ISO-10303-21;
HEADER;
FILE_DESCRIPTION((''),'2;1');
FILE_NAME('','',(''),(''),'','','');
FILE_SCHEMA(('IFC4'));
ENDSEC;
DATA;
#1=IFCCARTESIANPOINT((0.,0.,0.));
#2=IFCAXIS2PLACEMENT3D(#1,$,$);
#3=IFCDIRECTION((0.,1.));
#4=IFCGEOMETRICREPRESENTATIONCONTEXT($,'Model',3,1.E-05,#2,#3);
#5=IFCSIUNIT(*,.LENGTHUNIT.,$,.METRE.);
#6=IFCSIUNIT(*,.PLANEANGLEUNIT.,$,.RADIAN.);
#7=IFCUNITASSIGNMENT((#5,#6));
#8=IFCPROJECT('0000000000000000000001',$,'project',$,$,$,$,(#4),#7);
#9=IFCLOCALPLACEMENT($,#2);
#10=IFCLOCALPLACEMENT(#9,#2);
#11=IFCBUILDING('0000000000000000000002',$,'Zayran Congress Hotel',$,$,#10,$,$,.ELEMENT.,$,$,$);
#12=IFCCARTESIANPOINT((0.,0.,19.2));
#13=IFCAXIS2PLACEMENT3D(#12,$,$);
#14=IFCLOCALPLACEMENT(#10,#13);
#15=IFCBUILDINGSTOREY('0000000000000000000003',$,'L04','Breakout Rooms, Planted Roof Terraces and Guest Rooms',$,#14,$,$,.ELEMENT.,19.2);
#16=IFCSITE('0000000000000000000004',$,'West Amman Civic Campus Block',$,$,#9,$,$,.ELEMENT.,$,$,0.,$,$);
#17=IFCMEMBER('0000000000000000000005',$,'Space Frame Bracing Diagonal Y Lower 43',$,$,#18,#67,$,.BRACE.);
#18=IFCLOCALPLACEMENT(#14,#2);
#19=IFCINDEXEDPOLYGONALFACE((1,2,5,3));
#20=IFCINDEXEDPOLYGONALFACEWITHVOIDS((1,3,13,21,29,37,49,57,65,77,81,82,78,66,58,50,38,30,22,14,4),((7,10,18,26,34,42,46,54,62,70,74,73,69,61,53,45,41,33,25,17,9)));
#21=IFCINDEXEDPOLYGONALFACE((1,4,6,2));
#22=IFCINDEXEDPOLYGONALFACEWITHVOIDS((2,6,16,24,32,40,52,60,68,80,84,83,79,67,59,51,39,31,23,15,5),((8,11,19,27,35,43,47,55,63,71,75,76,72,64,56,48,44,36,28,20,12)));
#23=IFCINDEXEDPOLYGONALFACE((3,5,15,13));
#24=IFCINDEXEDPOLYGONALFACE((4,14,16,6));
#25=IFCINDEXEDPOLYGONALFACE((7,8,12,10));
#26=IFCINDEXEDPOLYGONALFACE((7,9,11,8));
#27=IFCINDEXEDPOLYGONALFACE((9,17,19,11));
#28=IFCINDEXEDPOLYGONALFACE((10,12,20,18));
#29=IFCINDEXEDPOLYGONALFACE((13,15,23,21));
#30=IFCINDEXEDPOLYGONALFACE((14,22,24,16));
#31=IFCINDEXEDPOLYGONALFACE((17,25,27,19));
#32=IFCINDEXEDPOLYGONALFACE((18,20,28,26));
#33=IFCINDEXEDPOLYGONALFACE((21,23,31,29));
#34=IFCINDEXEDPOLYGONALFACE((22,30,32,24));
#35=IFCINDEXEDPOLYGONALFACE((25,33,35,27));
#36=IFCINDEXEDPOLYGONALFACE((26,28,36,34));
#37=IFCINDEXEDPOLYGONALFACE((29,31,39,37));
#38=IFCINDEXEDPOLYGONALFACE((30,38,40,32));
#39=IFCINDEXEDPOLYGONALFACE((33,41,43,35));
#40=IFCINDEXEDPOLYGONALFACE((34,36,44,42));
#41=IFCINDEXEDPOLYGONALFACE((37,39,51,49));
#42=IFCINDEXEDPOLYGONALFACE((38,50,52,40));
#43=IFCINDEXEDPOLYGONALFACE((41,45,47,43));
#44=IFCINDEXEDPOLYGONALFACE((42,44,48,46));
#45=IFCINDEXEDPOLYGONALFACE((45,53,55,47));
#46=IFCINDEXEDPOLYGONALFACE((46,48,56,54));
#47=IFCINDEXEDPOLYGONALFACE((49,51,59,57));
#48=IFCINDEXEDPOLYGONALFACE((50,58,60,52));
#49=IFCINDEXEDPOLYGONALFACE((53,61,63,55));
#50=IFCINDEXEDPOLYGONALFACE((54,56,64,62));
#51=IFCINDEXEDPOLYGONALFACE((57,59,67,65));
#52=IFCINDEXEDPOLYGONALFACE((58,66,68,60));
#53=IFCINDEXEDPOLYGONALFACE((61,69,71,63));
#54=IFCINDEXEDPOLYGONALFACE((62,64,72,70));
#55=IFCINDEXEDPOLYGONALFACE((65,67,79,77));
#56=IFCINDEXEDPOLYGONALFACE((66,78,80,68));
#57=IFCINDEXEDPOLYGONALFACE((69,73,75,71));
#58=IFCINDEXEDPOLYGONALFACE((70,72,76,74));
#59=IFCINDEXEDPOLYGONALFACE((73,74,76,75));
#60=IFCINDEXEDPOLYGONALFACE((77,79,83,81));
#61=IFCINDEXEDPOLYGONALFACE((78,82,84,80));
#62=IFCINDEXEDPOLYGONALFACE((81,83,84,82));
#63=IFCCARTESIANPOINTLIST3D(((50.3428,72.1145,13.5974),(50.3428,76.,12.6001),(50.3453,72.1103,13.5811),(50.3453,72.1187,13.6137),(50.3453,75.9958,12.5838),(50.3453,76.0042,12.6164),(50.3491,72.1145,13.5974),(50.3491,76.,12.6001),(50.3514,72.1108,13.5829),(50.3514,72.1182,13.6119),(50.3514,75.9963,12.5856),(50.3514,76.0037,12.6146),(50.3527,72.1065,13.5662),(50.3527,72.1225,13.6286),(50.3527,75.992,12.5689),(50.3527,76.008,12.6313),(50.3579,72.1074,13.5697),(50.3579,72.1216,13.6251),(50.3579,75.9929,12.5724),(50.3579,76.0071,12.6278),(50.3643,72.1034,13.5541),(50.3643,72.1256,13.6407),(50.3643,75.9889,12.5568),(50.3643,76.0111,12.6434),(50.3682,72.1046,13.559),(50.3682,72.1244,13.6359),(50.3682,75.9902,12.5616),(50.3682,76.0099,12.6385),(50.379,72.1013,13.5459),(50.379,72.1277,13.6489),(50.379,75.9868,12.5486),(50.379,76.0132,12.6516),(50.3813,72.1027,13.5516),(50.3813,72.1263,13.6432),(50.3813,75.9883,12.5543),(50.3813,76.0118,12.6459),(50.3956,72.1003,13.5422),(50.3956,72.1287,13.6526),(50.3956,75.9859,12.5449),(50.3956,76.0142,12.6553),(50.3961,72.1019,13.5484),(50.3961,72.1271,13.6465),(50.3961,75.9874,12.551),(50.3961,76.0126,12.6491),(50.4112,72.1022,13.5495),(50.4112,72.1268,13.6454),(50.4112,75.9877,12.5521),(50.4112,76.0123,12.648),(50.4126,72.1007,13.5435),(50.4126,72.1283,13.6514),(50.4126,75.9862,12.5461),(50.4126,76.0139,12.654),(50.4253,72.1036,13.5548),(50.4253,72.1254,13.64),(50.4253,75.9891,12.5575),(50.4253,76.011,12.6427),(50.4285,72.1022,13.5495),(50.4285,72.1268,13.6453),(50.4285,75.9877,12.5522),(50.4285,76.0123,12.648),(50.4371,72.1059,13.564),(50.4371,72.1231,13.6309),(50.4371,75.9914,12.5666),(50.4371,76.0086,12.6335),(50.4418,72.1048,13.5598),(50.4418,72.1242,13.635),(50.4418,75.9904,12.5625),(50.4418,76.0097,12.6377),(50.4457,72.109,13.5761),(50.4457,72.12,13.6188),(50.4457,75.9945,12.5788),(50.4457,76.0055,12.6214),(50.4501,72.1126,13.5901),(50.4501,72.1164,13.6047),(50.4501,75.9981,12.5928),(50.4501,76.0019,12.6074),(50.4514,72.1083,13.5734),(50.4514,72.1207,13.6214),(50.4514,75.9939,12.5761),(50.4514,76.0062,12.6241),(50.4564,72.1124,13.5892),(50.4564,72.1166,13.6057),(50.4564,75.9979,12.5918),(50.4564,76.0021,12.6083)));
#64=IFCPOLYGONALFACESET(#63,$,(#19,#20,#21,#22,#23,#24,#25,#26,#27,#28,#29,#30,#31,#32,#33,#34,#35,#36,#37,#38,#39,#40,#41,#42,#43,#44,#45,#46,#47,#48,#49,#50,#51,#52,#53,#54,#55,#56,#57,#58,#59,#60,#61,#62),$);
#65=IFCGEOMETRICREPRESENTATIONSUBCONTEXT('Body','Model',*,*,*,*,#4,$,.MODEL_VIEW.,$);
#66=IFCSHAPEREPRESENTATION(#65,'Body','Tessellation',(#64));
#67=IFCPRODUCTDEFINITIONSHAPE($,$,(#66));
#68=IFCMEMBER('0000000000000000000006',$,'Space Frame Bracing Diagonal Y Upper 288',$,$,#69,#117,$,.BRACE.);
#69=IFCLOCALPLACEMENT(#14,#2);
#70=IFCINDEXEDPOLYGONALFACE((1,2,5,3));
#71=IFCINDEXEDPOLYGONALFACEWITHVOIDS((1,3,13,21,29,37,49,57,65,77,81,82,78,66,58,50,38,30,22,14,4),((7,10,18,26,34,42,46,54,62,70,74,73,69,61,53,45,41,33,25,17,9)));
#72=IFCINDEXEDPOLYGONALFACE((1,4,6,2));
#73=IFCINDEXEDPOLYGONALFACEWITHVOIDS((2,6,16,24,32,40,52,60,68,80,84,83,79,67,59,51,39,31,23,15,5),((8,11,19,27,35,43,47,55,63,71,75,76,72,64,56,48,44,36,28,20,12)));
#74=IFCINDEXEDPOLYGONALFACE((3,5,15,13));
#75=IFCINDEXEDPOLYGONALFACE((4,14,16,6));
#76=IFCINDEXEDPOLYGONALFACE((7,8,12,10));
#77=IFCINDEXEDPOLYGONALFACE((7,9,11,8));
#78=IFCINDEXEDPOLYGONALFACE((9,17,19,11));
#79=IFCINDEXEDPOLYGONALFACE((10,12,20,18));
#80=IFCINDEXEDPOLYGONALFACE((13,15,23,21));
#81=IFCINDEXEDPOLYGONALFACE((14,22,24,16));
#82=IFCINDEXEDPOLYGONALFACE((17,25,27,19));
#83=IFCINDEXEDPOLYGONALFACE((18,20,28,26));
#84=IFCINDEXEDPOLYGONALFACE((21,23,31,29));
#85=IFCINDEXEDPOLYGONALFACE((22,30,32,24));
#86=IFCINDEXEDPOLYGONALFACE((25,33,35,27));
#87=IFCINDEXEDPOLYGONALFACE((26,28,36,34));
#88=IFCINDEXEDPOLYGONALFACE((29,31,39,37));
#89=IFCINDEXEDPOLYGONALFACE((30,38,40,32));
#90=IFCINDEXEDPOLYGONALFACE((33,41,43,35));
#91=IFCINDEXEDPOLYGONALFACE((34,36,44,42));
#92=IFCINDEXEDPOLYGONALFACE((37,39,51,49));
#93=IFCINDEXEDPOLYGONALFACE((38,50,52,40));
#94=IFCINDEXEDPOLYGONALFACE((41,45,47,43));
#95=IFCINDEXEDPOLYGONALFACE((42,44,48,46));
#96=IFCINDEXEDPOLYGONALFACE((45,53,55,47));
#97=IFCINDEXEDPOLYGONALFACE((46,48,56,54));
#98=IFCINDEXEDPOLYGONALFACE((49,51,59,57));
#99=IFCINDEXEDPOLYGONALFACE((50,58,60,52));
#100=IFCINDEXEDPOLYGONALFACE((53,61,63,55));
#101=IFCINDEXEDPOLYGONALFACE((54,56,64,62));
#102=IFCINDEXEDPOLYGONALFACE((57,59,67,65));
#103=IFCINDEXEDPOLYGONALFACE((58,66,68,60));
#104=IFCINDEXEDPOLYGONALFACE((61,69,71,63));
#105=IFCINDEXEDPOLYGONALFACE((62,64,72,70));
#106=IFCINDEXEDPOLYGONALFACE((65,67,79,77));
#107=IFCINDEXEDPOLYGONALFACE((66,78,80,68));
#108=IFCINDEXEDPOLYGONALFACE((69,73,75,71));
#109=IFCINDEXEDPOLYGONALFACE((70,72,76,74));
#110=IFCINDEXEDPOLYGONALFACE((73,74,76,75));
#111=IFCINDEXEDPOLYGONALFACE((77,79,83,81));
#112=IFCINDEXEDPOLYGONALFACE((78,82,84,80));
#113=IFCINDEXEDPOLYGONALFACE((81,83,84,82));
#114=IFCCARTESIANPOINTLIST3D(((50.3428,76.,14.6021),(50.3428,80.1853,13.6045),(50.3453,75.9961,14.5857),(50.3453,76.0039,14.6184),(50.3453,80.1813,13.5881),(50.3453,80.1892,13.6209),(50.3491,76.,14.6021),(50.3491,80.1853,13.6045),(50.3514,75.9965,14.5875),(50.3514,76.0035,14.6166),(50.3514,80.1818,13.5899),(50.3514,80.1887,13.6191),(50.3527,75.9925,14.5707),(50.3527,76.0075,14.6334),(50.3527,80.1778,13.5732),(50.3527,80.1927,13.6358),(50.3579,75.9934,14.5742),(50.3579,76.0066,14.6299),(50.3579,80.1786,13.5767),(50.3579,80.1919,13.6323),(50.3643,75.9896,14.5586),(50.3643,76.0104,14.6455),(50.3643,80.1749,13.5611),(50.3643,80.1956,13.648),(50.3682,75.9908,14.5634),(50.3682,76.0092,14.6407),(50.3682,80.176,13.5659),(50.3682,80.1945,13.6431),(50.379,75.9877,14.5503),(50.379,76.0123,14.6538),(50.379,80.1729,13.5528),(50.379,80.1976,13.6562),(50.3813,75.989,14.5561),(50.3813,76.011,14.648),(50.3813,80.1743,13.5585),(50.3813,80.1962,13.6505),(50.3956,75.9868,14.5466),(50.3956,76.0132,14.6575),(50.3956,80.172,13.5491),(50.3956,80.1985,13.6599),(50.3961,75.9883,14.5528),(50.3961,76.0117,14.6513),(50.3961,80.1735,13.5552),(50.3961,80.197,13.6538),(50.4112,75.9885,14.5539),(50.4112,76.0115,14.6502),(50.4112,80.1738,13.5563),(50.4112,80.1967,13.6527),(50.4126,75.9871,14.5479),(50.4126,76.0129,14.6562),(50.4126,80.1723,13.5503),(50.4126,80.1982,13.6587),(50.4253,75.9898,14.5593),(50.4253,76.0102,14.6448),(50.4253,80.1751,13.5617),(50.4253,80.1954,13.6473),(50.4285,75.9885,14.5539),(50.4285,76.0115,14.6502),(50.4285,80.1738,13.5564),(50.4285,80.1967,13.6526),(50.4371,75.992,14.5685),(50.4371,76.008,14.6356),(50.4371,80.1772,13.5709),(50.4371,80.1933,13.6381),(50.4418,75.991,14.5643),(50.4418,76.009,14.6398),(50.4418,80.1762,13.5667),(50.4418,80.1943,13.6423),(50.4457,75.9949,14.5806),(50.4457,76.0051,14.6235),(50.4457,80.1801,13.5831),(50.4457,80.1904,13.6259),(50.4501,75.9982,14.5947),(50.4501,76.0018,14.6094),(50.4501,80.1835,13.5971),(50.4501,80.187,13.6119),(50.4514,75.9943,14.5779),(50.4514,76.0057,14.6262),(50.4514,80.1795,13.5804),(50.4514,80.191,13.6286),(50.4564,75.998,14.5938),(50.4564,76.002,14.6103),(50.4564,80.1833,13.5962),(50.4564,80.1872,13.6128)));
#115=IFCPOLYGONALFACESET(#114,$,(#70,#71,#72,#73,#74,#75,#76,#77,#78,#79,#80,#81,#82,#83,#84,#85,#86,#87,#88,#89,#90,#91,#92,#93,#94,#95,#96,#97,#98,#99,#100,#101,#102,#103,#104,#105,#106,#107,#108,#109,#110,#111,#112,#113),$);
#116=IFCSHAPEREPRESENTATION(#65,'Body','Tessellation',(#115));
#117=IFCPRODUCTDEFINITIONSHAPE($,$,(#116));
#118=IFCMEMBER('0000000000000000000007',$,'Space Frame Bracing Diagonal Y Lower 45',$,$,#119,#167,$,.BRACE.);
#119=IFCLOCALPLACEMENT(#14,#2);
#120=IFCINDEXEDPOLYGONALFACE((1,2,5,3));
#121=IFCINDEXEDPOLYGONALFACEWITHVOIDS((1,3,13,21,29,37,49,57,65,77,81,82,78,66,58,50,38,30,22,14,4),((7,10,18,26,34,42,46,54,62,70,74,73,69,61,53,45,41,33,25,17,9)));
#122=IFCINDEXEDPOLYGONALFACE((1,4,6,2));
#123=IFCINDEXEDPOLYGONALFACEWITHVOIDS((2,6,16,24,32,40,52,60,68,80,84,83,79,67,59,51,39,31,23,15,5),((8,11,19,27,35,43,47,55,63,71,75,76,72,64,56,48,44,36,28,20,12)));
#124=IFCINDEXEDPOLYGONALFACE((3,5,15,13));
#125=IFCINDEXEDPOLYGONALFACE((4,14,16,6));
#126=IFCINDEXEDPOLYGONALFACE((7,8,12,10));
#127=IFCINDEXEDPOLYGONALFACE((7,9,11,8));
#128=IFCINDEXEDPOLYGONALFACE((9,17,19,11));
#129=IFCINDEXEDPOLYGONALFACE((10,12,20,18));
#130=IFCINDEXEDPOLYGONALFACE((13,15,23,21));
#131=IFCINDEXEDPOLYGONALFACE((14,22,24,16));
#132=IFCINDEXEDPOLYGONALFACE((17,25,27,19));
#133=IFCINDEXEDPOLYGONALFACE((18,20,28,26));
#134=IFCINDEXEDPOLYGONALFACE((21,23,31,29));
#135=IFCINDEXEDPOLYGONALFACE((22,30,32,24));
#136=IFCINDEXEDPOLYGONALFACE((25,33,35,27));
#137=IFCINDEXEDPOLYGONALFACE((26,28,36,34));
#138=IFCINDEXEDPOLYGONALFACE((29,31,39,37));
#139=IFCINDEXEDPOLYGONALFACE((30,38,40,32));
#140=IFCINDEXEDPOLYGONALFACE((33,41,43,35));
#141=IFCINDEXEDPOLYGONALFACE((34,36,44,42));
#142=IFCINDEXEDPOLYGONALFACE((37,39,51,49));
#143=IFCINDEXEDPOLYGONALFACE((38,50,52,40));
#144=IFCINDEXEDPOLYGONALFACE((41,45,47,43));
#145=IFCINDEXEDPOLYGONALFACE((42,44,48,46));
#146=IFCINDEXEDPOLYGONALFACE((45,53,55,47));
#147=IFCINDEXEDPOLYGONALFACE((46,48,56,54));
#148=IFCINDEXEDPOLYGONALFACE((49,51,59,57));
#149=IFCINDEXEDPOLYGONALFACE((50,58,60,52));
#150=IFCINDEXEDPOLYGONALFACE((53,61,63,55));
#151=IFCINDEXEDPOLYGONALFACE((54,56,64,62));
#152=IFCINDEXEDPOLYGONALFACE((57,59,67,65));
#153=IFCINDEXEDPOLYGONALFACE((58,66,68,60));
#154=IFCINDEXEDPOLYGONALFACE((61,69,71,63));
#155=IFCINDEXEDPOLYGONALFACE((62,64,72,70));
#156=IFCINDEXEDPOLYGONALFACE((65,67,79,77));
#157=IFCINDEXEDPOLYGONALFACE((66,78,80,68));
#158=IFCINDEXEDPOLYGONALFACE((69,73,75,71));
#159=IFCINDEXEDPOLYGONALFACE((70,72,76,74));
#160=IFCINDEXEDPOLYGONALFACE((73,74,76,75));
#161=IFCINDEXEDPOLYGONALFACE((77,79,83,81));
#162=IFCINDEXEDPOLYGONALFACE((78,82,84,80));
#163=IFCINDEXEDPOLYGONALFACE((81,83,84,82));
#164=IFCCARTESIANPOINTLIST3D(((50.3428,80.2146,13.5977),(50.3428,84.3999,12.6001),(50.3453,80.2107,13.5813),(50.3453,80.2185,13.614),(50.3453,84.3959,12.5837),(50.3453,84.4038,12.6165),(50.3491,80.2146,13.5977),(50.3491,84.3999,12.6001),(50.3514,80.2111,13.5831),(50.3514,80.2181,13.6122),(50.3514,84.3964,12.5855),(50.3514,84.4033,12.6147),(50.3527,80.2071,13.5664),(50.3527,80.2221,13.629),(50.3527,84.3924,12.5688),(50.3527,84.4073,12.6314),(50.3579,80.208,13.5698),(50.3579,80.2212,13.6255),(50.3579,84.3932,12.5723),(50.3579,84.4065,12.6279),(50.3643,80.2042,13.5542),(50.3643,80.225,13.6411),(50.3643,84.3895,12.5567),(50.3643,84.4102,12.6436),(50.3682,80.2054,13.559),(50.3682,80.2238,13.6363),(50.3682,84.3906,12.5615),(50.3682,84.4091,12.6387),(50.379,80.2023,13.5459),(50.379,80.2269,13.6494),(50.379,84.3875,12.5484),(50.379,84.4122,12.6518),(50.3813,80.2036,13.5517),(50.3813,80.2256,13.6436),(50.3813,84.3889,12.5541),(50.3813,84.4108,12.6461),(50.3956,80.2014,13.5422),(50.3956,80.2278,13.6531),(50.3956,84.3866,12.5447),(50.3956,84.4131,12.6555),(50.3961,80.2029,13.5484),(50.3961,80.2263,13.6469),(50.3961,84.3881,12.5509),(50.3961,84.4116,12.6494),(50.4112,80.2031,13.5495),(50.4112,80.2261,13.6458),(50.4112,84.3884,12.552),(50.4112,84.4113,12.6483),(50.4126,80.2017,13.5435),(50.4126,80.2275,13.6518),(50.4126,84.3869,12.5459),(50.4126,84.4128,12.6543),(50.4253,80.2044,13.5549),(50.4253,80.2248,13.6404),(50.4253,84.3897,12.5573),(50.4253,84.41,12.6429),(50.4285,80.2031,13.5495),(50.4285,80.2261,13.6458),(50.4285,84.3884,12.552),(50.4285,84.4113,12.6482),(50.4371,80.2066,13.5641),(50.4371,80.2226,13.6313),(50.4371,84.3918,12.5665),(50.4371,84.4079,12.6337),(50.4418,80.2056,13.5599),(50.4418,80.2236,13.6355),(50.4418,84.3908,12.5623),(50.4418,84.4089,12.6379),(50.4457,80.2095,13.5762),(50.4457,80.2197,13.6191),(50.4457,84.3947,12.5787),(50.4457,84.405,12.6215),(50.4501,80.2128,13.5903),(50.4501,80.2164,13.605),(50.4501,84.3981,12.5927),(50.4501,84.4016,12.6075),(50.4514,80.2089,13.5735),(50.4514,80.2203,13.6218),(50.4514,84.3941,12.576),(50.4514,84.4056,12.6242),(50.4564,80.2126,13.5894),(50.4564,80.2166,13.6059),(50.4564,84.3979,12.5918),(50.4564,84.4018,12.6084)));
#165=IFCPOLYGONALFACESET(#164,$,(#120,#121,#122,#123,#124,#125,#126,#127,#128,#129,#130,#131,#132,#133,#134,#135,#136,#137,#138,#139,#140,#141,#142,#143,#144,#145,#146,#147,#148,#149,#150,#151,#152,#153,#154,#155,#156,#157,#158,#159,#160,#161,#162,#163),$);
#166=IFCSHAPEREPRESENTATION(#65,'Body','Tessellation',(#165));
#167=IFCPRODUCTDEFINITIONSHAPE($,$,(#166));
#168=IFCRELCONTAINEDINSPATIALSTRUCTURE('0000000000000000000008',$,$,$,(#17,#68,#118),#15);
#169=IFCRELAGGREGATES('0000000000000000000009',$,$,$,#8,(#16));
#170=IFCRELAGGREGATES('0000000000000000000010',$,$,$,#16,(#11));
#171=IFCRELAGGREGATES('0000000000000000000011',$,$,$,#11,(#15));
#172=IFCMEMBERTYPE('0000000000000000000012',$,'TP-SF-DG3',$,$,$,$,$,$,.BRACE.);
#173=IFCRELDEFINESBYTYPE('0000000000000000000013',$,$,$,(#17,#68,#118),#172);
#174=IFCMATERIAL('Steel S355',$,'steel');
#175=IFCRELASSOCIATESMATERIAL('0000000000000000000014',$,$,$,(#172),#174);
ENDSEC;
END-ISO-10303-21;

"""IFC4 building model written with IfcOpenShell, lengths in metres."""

from ifc_helpers import new_model, si_unit, direction, frame, origin, origin_2d, place, context, subcontext, project, spatial, hollow_circle, extrude, material, material_profile, profile_set, type_object, element, save


model = new_model("IFC4")

# Units and contexts
model_context = context("Model", 3, precision=1e-05, world=origin(), true_north=direction((0.0, 1.0)))
body_context = subcontext(model_context, "Body", "Model", "MODEL_VIEW")
ifc_project = project(units=[si_unit("LENGTHUNIT", "METRE"), si_unit("PLANEANGLEUNIT", "RADIAN")], contexts=[model_context])

# Site, building, storey
site_placement = place(None, origin())
site = spatial("IfcSite", under=ifc_project, at=site_placement, Name="West Amman Civic Campus Block", CompositionType="ELEMENT", RefElevation=0.0)
building_placement = place(site_placement, origin())
building = spatial("IfcBuilding", under=site, at=building_placement, Name="Zayran Congress Hotel", CompositionType="ELEMENT")
storey_placement = place(building_placement, frame((0.0, 0.0, 19.2)))
storey = spatial("IfcBuildingStorey", under=building, at=storey_placement, Name="L04", Description="Breakout Rooms, Planted Roof Terraces and Guest Rooms", CompositionType="ELEMENT", Elevation=19.2)

# Members
ifc_material_1 = material(Name="Steel S355", Category="steel")
ifc_material_profile_1 = material_profile(ifc_material_1, hollow_circle(Radius=0.0571, WallThickness=0.0063, at=origin_2d()), Name="CHS 114.3x6.3")
ifc_profile_set_1 = profile_set([ifc_material_profile_1], Name="Steel S355")
member_type_1 = type_object("IfcMemberType", Name="TP-SF-DG3", PredefinedType="BRACE", material=ifc_profile_set_1)
for number, where, z_axis, x_axis, name in (
    (1, (50.3999, 72.1145, 13.5974), (0.0, 0.968602, -0.248617), (-1.0, 0.0, 0.0), "Space Frame Bracing Diagonal Y Lower 43"),
):
    element("IfcMember", number, at=place(storey_placement, frame(where, z_axis=z_axis, x_axis=x_axis)), inside=storey, type_object=member_type_1, Name=name, PredefinedType="BRACE", context=body_context, shape_type="SweptSolid", body=[
        extrude(hollow_circle(Radius=0.0571, WallThickness=0.0063, at=origin_2d()), origin(), (0.0, 0.0, 1.0), 4.0115),
    ])
for number, where, z_axis, x_axis, name in (
    (2, (50.3999, 76.0, 14.6021), (0.0, 0.972751, -0.231853), (-1.0, 0.0, 0.0), "Space Frame Bracing Diagonal Y Upper 288"),
    (3, (50.3999, 80.2146, 13.5977), (0.0, 0.972751, -0.231853), (-1.0, 0.0, 0.0), "Space Frame Bracing Diagonal Y Lower 45"),
):
    element("IfcMember", number, at=place(storey_placement, frame(where, z_axis=z_axis, x_axis=x_axis)), inside=storey, type_object=member_type_1, Name=name, PredefinedType="BRACE", context=body_context, shape_type="SweptSolid", body=[
        extrude(hollow_circle(Radius=0.0571, WallThickness=0.0063, at=origin_2d()), origin(), (0.0, 0.0, 1.0), 4.3025),
    ])

save(model, "model.ifc")
